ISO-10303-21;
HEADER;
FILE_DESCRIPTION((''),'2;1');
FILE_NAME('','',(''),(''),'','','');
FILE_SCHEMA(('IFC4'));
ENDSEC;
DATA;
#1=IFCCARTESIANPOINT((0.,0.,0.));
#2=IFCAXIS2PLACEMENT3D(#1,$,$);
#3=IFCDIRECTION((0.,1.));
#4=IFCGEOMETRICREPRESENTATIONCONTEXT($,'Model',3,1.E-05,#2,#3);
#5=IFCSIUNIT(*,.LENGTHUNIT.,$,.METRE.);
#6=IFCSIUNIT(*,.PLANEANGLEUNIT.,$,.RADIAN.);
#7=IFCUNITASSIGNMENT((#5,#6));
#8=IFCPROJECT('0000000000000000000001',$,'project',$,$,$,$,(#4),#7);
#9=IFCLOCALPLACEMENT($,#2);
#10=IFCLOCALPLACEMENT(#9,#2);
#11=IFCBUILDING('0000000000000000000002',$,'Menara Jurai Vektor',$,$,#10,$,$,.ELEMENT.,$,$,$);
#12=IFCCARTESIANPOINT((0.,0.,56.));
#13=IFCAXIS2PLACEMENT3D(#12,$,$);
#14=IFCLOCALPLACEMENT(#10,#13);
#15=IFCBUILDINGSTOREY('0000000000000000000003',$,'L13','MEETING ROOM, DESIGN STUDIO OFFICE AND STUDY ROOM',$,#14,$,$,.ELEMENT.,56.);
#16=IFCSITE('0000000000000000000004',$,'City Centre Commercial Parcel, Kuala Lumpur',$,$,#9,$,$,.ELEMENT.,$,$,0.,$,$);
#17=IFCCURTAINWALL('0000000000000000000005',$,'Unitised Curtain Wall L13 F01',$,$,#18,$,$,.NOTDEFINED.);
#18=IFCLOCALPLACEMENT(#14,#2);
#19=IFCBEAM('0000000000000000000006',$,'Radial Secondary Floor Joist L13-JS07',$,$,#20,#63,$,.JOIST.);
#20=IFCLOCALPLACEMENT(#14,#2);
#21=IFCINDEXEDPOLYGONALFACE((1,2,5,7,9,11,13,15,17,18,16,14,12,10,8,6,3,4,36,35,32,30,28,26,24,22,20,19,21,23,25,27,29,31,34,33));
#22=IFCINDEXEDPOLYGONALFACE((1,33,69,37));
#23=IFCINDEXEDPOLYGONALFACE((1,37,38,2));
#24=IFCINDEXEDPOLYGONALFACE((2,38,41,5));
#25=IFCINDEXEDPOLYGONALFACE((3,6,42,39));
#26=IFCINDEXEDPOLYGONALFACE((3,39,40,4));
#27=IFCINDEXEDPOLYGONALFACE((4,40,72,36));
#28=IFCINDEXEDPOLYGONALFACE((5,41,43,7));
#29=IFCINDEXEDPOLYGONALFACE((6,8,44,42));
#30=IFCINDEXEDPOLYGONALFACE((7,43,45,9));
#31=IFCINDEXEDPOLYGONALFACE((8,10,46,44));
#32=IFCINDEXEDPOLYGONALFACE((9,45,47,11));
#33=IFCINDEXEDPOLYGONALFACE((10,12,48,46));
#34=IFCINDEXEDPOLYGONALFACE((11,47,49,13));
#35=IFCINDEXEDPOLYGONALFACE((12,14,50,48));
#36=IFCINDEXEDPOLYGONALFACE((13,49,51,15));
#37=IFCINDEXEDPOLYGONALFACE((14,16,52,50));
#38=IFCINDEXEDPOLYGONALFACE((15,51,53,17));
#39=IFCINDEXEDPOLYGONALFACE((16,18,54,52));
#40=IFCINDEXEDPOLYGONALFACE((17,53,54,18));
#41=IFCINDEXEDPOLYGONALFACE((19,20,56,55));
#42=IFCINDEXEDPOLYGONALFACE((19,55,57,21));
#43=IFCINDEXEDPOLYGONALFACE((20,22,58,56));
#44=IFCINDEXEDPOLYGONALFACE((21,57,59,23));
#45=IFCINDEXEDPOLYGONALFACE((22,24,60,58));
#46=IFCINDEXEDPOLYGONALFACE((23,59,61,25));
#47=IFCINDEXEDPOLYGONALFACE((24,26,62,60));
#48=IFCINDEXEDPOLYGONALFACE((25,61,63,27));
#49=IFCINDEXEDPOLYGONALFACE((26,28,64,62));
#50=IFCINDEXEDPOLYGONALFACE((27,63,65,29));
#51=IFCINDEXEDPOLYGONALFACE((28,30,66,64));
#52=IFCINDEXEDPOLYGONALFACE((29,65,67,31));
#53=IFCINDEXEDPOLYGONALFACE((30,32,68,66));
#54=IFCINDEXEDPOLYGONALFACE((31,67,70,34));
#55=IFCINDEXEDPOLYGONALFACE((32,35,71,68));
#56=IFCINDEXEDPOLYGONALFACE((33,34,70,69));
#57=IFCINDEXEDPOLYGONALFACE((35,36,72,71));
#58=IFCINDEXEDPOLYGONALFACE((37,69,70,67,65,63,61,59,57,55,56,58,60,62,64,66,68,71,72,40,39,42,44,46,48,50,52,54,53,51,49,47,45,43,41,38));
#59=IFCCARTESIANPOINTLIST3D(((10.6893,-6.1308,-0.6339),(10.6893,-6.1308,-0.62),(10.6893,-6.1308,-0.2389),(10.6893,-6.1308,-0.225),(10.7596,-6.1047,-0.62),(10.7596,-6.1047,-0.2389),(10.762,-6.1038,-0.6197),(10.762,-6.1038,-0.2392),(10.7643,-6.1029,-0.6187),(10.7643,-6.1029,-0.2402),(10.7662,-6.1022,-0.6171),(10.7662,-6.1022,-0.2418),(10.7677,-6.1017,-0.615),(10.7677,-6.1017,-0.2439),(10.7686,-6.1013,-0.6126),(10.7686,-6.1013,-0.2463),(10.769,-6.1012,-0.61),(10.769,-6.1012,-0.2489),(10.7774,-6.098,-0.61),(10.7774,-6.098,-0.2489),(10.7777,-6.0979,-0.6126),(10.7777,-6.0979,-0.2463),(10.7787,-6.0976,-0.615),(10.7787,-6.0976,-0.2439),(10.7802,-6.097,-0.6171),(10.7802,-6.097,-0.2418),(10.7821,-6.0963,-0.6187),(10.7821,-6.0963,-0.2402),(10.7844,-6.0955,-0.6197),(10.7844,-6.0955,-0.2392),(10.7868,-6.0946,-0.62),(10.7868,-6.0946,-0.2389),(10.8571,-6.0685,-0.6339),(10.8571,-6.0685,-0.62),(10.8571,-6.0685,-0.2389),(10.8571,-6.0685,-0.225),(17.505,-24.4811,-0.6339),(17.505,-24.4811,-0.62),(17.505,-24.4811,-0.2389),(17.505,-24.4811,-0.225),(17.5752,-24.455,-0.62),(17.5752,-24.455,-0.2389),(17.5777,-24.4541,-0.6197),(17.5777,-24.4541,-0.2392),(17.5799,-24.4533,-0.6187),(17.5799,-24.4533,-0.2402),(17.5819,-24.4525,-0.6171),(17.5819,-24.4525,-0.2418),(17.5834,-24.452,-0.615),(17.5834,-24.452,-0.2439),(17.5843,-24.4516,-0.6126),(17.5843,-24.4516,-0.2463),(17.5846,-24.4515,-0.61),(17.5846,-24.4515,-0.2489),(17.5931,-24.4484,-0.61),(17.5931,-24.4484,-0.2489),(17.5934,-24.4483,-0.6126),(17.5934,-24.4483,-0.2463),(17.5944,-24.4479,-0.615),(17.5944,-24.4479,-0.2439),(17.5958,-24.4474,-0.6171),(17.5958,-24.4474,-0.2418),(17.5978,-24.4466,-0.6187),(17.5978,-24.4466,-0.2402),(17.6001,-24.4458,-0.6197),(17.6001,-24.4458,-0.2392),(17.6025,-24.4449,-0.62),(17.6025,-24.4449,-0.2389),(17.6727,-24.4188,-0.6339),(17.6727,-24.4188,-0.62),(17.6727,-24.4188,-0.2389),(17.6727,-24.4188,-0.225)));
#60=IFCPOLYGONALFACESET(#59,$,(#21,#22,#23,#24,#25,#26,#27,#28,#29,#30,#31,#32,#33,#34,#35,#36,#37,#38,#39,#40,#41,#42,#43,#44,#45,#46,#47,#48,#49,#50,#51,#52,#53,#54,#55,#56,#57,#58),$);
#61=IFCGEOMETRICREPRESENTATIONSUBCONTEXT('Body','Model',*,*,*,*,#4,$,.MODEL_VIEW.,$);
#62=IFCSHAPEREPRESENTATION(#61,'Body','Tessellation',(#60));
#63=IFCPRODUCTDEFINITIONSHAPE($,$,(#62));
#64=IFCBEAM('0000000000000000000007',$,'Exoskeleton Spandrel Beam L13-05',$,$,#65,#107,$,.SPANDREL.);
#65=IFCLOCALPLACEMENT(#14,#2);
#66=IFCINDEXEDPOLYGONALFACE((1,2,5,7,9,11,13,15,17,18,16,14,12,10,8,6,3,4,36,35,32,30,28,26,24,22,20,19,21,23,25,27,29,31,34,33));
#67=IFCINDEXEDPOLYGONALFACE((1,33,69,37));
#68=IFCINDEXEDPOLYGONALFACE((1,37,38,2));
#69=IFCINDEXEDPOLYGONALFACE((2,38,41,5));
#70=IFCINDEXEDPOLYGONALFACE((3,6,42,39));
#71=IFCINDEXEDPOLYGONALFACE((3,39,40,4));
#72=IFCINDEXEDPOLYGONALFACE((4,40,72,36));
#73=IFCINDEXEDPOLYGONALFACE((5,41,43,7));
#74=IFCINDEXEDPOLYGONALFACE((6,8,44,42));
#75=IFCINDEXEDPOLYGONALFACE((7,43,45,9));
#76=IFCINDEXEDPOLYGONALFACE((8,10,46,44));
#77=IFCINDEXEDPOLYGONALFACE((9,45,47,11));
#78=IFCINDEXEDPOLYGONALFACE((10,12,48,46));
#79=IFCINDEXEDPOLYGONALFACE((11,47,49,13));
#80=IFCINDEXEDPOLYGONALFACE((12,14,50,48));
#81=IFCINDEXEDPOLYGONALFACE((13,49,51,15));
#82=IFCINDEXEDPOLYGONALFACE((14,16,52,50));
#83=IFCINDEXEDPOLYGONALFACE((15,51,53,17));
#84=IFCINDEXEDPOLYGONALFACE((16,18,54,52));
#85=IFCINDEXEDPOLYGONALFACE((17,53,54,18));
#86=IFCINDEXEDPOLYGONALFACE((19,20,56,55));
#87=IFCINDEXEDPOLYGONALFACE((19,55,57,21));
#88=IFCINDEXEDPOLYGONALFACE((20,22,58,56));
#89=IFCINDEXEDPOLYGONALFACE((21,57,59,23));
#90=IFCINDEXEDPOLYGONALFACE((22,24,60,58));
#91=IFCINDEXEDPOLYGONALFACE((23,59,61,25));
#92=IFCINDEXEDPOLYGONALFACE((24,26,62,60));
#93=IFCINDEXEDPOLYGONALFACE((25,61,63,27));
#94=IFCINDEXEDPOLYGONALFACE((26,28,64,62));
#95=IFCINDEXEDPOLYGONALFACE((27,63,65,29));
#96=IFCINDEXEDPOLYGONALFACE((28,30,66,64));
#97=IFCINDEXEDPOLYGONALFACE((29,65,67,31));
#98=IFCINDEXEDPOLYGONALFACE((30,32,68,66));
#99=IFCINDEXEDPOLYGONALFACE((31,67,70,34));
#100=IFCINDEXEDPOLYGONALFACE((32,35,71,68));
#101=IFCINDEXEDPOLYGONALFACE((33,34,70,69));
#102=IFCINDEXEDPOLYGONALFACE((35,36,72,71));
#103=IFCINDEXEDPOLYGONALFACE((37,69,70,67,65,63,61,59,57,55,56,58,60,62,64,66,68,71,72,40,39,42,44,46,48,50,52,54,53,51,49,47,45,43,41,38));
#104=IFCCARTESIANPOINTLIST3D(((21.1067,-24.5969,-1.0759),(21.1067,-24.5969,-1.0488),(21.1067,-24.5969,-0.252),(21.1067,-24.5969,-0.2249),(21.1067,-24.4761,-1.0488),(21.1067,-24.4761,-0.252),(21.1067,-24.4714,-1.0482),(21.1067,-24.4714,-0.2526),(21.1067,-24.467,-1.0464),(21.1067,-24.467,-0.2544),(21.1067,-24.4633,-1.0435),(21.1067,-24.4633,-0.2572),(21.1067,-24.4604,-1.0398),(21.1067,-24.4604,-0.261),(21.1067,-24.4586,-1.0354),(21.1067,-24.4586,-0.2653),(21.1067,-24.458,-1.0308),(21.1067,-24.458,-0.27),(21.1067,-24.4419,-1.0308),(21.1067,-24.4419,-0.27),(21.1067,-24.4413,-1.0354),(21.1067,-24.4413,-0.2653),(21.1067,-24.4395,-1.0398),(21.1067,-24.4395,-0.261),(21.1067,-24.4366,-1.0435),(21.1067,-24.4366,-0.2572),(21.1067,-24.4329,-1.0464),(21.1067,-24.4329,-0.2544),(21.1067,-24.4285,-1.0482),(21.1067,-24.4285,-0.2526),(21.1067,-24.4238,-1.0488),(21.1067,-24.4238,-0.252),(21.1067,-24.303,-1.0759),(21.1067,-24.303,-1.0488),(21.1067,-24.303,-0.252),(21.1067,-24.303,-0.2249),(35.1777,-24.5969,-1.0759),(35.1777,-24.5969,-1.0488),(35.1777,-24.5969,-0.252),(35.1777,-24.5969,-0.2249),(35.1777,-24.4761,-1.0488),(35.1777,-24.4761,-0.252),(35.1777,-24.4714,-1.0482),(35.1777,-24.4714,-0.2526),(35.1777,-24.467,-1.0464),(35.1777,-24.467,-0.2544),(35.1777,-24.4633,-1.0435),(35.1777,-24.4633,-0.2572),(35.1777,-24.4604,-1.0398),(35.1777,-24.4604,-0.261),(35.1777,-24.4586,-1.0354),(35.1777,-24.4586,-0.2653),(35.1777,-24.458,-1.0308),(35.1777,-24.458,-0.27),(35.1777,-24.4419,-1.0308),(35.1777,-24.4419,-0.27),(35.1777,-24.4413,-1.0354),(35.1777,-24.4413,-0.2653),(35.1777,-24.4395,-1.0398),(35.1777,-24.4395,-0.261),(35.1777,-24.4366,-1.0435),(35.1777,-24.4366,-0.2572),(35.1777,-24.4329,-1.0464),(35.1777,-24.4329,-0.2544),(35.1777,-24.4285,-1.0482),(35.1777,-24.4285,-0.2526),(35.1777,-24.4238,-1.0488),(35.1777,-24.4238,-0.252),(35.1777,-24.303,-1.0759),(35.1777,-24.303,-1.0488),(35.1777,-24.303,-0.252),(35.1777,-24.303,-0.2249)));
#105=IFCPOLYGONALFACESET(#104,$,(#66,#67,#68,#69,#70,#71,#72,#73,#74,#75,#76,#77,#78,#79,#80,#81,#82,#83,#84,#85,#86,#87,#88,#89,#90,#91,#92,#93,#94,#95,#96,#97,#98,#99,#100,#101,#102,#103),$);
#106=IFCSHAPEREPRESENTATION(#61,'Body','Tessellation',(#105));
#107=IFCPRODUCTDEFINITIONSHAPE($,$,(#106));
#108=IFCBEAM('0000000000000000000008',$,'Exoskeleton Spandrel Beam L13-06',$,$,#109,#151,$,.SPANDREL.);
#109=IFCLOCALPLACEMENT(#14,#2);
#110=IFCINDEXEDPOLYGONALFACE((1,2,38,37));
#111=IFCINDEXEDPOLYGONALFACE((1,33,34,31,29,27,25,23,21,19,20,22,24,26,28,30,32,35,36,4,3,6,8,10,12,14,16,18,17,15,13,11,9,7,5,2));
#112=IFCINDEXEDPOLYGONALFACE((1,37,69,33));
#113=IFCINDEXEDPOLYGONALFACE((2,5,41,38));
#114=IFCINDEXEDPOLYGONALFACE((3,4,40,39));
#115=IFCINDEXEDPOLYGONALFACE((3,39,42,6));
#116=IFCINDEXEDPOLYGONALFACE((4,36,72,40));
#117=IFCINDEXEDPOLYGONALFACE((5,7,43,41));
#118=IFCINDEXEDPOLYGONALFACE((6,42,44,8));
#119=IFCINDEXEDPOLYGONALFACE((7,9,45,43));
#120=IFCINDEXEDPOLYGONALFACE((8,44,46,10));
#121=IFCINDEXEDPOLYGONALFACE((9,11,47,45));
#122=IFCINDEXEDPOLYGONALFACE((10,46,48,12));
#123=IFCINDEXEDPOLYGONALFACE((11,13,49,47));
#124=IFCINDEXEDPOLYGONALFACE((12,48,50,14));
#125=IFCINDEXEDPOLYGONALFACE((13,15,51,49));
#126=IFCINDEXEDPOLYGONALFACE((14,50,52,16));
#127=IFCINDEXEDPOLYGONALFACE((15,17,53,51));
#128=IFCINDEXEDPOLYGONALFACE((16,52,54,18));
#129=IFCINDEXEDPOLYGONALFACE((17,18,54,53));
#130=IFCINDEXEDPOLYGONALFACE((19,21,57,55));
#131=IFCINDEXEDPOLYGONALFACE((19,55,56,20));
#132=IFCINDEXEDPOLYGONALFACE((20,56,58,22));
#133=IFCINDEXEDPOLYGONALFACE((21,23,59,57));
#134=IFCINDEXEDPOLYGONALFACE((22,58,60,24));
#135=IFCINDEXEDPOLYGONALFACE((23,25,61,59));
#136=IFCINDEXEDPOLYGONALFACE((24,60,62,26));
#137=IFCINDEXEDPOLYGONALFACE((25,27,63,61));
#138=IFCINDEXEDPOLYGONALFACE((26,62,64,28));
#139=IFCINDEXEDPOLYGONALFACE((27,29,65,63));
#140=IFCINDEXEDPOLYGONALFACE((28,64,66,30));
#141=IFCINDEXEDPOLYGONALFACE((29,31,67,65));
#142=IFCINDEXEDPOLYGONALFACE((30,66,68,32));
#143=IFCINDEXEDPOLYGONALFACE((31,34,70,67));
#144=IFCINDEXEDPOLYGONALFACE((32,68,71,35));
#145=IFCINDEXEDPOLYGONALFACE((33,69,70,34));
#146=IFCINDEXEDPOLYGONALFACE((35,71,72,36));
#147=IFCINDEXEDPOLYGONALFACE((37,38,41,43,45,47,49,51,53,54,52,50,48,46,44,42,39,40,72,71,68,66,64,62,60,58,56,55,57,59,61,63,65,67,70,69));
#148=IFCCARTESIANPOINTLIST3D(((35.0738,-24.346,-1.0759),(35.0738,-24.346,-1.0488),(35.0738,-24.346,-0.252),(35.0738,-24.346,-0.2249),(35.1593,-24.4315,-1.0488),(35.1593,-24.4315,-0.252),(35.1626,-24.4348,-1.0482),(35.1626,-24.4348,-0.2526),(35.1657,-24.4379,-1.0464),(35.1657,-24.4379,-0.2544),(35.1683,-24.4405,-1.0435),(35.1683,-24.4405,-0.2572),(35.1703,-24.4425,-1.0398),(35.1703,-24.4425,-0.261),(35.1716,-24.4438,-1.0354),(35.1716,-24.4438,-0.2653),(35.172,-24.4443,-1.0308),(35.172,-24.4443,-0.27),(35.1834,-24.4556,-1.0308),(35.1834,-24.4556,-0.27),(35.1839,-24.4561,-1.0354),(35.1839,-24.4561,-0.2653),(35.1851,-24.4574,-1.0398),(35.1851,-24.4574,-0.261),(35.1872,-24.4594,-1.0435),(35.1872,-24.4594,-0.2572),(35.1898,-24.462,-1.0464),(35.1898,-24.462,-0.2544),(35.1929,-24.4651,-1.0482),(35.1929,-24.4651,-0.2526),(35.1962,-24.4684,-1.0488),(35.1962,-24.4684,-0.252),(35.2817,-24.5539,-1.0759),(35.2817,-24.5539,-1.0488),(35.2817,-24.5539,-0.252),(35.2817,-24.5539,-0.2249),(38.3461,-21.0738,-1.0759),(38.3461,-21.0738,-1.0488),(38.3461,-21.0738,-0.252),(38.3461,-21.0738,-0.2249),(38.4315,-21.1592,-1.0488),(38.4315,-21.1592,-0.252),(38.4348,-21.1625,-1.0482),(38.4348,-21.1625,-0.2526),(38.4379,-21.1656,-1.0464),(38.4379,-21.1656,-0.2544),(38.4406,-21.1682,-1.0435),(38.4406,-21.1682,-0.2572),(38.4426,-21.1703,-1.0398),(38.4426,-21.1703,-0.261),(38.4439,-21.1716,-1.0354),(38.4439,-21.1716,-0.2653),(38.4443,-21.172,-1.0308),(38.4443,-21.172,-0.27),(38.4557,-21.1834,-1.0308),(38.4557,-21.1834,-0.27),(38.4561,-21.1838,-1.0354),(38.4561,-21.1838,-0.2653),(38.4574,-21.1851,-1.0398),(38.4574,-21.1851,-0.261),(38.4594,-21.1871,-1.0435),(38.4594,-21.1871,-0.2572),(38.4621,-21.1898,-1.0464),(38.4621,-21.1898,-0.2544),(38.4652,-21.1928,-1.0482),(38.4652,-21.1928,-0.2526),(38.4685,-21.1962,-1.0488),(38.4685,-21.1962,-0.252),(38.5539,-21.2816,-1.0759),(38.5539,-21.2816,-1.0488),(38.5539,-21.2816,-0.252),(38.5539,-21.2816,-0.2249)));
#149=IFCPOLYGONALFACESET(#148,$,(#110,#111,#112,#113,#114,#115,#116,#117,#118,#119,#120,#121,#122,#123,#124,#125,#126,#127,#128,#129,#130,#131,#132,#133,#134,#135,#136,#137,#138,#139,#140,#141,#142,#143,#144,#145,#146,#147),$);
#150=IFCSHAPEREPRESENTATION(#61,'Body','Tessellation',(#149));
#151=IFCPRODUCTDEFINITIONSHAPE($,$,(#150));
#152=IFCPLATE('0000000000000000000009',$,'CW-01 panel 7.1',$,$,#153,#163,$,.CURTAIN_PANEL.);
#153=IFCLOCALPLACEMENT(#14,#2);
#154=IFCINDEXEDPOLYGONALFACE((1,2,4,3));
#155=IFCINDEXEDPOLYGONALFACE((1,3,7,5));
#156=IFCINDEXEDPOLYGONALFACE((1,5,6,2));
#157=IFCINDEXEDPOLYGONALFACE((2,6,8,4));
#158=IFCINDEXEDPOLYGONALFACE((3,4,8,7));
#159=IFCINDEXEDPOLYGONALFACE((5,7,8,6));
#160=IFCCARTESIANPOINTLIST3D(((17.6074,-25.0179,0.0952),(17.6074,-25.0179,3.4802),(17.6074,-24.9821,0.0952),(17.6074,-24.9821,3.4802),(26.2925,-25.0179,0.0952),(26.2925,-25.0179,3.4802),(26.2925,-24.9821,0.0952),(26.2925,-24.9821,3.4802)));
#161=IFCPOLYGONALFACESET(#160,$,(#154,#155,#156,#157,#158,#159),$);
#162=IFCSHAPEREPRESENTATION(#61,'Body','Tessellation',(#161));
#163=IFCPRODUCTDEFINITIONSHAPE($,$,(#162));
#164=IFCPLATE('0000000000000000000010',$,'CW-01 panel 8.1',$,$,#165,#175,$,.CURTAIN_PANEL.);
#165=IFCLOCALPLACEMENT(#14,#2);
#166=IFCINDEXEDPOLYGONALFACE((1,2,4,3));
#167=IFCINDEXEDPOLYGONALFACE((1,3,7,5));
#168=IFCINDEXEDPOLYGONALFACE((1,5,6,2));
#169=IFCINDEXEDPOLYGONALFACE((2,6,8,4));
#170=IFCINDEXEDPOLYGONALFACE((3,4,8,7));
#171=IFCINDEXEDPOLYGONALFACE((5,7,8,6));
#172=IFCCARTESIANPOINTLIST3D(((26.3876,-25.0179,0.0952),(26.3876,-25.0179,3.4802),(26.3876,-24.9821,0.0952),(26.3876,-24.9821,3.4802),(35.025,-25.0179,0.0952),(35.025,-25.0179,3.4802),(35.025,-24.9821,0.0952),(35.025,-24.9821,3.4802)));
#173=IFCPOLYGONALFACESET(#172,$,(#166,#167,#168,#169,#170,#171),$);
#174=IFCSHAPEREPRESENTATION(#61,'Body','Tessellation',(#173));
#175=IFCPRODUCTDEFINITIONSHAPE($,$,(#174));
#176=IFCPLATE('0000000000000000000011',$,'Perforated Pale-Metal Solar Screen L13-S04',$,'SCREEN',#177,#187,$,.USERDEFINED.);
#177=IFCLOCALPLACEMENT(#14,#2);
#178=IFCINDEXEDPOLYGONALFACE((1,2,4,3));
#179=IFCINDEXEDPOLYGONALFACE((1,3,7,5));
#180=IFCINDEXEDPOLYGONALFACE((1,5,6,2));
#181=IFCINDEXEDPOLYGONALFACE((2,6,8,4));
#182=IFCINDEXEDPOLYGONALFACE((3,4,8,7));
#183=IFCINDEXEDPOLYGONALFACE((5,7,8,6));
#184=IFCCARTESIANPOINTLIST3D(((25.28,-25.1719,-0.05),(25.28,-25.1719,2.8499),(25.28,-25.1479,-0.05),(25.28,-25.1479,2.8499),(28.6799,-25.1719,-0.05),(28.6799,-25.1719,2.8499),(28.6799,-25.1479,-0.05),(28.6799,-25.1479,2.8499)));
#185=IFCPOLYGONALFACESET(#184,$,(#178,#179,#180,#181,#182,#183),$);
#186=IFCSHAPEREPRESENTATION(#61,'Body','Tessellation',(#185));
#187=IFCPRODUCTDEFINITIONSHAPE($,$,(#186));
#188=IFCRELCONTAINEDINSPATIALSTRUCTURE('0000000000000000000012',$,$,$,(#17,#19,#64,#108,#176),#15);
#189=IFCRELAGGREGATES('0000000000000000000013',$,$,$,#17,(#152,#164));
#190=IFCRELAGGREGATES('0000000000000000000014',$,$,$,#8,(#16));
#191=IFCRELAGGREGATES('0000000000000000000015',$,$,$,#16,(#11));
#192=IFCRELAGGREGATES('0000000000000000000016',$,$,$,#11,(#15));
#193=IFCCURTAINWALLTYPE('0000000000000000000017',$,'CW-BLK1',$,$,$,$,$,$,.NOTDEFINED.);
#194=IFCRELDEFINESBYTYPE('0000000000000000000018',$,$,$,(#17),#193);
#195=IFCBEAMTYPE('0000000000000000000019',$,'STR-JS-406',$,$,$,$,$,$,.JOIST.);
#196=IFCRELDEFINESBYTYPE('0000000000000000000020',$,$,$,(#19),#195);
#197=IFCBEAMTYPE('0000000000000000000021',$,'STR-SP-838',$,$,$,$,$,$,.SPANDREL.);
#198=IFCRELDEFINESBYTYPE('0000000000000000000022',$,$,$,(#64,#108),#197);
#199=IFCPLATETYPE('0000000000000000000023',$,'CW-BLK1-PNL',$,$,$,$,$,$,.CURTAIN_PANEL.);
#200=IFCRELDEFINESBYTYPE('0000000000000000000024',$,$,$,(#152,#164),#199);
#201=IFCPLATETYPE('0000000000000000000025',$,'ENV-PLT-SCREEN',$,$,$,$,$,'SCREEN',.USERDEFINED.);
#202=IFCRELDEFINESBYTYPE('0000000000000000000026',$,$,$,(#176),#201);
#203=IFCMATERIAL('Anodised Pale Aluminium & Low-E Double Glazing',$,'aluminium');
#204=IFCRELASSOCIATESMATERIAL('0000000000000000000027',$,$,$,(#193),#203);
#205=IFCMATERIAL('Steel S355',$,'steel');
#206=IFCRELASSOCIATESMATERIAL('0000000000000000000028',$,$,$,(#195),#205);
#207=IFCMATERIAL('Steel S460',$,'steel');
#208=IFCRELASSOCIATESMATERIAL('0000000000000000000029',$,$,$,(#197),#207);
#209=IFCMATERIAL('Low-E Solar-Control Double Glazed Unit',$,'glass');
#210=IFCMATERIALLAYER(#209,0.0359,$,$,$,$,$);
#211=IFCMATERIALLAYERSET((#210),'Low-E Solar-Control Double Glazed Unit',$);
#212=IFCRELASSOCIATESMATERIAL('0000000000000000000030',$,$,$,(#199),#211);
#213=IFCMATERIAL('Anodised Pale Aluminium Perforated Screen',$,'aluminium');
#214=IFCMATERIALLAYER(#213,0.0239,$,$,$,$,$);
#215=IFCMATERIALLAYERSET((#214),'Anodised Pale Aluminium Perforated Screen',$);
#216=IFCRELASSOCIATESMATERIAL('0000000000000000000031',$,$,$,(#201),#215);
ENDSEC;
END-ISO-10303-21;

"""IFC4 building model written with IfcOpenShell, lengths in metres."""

from ifc_helpers import new_model, si_unit, direction, frame, origin, origin_2d, place, context, subcontext, project, spatial, rectangle, i_section, extrude, material, layer, layer_set, material_profile, profile_set, type_object, element, aggregate, save


model = new_model("IFC4")

# Units and contexts
model_context = context("Model", 3, precision=1e-05, world=origin(), true_north=direction((0.0, 1.0)))
body_context = subcontext(model_context, "Body", "Model", "MODEL_VIEW")
ifc_project = project(units=[si_unit("LENGTHUNIT", "METRE"), si_unit("PLANEANGLEUNIT", "RADIAN")], contexts=[model_context])

# Site, building, storey
site_placement = place(None, origin())
site = spatial("IfcSite", under=ifc_project, at=site_placement, Name="City Centre Commercial Parcel, Kuala Lumpur", CompositionType="ELEMENT", RefElevation=0.0)
building_placement = place(site_placement, origin())
building = spatial("IfcBuilding", under=site, at=building_placement, Name="Menara Jurai Vektor", CompositionType="ELEMENT")
storey_placement = place(building_placement, frame((0.0, 0.0, 56.0)))
storey = spatial("IfcBuildingStorey", under=building, at=storey_placement, Name="L13", Description="MEETING ROOM, DESIGN STUDIO OFFICE AND STUDY ROOM", CompositionType="ELEMENT", Elevation=56.0)

# Shared definitions
ifc_material_1 = material(Name="Steel S460", Category="steel")

# Curtain wall
ifc_material_2 = material(Name="Anodised Pale Aluminium & Low-E Double Glazing", Category="aluminium")
curtain_wall_type = type_object("IfcCurtainWallType", Name="CW-BLK1", PredefinedType="NOTDEFINED", material=ifc_material_2)
curtain_wall_1_placement = place(storey_placement, origin())
curtain_wall_1 = element("IfcCurtainWall", 1, at=curtain_wall_1_placement, inside=storey, type_object=curtain_wall_type, Name="Unitised Curtain Wall L13 F01", PredefinedType="NOTDEFINED")

# Shared definitions
ifc_material_3 = material(Name="Steel S355", Category="steel")

# Beams
ifc_material_profile_1 = material_profile(ifc_material_3, i_section(OverallWidth=0.179, OverallDepth=0.4089, WebThickness=0.009, FlangeThickness=0.0139, FilletRadius=0.01, at=origin_2d()), Name="UKB 406x178x67")
ifc_profile_set_1 = profile_set([ifc_material_profile_1], Name="Steel S355")
beam_type_1 = type_object("IfcBeamType", Name="STR-JS-406", PredefinedType="JOIST", material=ifc_profile_set_1)
beam_1_placement = place(storey_placement, frame((17.5889, -24.45, -0.4294), z_axis=(-0.348179, 0.937428, 0.0), x_axis=(-0.937428, -0.348179, 0.0)))
element("IfcBeam", 2, at=beam_1_placement, inside=storey, type_object=beam_type_1, Name="Radial Secondary Floor Joist L13-JS07", PredefinedType="JOIST", context=body_context, shape_type="SweptSolid", body=[
    extrude(i_section(OverallWidth=0.179, OverallDepth=0.4089, WebThickness=0.009, FlangeThickness=0.0139, FilletRadius=0.01, at=origin_2d()), origin(), (0.0, 0.0, 1.0), 19.5752),
])
ifc_material_profile_2 = material_profile(ifc_material_1, i_section(OverallWidth=0.2939, OverallDepth=0.8511, WebThickness=0.0161, FlangeThickness=0.0271, FilletRadius=0.0181, at=origin_2d()), Name="UKB 838x292x226")
ifc_profile_set_2 = profile_set([ifc_material_profile_2], Name="Steel S460")
beam_type_2 = type_object("IfcBeamType", Name="STR-SP-838", PredefinedType="SPANDREL", material=ifc_profile_set_2)
beam_2_placement = place(storey_placement, frame((21.1067, -24.45, -0.6504), z_axis=(1.0, 0.0, 0.0), x_axis=(0.0, 1.0, 0.0)))
element("IfcBeam", 3, at=beam_2_placement, inside=storey, type_object=beam_type_2, Name="Exoskeleton Spandrel Beam L13-05", PredefinedType="SPANDREL", context=body_context, shape_type="SweptSolid", body=[
    extrude(i_section(OverallWidth=0.2939, OverallDepth=0.8511, WebThickness=0.0161, FlangeThickness=0.0271, FilletRadius=0.0181, at=origin_2d()), origin(), (0.0, 0.0, 1.0), 14.071),
])
beam_3_placement = place(storey_placement, frame((35.1777, -24.45, -0.6504), z_axis=(0.707107, 0.707107, 0.0), x_axis=(-0.707107, 0.707107, 0.0)))
element("IfcBeam", 4, at=beam_3_placement, inside=storey, type_object=beam_type_2, Name="Exoskeleton Spandrel Beam L13-06", PredefinedType="SPANDREL", context=body_context, shape_type="SweptSolid", body=[
    extrude(i_section(OverallWidth=0.2939, OverallDepth=0.8511, WebThickness=0.0161, FlangeThickness=0.0271, FilletRadius=0.0181, at=origin_2d()), origin(), (0.0, 0.0, 1.0), 4.6277),
])

# Plates
ifc_material_4 = material(Name="Low-E Solar-Control Double Glazed Unit", Category="glass")
ifc_layer_1 = layer(ifc_material_4, 0.0359)
ifc_layer_set_1 = layer_set([ifc_layer_1], Name="Low-E Solar-Control Double Glazed Unit")
plate_type_1 = type_object("IfcPlateType", Name="CW-BLK1-PNL", PredefinedType="CURTAIN_PANEL", material=ifc_layer_set_1)
plate_1_placement = place(storey_placement, frame((21.95, -25.0, 0.0952), z_axis=(0.0, 0.0, 1.0), x_axis=(1.0, 0.0, 0.0)))
plate_1 = element("IfcPlate", 5, at=plate_1_placement, type_object=plate_type_1, Name="CW-01 panel 7.1", PredefinedType="CURTAIN_PANEL", context=body_context, shape_type="SweptSolid", body=[
    extrude(rectangle(XDim=8.6851, YDim=0.0359, at=origin_2d()), origin(), (0.0, 0.0, 1.0), 3.385),
])
plate_2_placement = place(storey_placement, frame((30.7063, -25.0, 0.0952), z_axis=(0.0, 0.0, 1.0), x_axis=(1.0, 0.0, 0.0)))
plate_2 = element("IfcPlate", 6, at=plate_2_placement, type_object=plate_type_1, Name="CW-01 panel 8.1", PredefinedType="CURTAIN_PANEL", context=body_context, shape_type="SweptSolid", body=[
    extrude(rectangle(XDim=8.6375, YDim=0.0359, at=origin_2d()), origin(), (0.0, 0.0, 1.0), 3.385),
])
aggregate(curtain_wall_1, [plate_1, plate_2])
ifc_material_5 = material(Name="Anodised Pale Aluminium Perforated Screen", Category="aluminium")
ifc_layer_2 = layer(ifc_material_5, 0.0239)
ifc_layer_set_2 = layer_set([ifc_layer_2], Name="Anodised Pale Aluminium Perforated Screen")
plate_type_2 = type_object("IfcPlateType", Name="ENV-PLT-SCREEN", ElementType="SCREEN", PredefinedType="USERDEFINED", material=ifc_layer_set_2)
plate_3_placement = place(storey_placement, frame((26.98, -25.1599, -0.05), z_axis=(0.0, 0.0, 1.0), x_axis=(1.0, 0.0, 0.0)))
element("IfcPlate", 7, at=plate_3_placement, inside=storey, type_object=plate_type_2, Name="Perforated Pale-Metal Solar Screen L13-S04", ObjectType="SCREEN", PredefinedType="USERDEFINED", context=body_context, shape_type="SweptSolid", body=[
    extrude(rectangle(XDim=3.3999, YDim=0.0239, at=origin_2d()), origin(), (0.0, 0.0, 1.0), 2.8999),
])

save(model, "model.ifc")
